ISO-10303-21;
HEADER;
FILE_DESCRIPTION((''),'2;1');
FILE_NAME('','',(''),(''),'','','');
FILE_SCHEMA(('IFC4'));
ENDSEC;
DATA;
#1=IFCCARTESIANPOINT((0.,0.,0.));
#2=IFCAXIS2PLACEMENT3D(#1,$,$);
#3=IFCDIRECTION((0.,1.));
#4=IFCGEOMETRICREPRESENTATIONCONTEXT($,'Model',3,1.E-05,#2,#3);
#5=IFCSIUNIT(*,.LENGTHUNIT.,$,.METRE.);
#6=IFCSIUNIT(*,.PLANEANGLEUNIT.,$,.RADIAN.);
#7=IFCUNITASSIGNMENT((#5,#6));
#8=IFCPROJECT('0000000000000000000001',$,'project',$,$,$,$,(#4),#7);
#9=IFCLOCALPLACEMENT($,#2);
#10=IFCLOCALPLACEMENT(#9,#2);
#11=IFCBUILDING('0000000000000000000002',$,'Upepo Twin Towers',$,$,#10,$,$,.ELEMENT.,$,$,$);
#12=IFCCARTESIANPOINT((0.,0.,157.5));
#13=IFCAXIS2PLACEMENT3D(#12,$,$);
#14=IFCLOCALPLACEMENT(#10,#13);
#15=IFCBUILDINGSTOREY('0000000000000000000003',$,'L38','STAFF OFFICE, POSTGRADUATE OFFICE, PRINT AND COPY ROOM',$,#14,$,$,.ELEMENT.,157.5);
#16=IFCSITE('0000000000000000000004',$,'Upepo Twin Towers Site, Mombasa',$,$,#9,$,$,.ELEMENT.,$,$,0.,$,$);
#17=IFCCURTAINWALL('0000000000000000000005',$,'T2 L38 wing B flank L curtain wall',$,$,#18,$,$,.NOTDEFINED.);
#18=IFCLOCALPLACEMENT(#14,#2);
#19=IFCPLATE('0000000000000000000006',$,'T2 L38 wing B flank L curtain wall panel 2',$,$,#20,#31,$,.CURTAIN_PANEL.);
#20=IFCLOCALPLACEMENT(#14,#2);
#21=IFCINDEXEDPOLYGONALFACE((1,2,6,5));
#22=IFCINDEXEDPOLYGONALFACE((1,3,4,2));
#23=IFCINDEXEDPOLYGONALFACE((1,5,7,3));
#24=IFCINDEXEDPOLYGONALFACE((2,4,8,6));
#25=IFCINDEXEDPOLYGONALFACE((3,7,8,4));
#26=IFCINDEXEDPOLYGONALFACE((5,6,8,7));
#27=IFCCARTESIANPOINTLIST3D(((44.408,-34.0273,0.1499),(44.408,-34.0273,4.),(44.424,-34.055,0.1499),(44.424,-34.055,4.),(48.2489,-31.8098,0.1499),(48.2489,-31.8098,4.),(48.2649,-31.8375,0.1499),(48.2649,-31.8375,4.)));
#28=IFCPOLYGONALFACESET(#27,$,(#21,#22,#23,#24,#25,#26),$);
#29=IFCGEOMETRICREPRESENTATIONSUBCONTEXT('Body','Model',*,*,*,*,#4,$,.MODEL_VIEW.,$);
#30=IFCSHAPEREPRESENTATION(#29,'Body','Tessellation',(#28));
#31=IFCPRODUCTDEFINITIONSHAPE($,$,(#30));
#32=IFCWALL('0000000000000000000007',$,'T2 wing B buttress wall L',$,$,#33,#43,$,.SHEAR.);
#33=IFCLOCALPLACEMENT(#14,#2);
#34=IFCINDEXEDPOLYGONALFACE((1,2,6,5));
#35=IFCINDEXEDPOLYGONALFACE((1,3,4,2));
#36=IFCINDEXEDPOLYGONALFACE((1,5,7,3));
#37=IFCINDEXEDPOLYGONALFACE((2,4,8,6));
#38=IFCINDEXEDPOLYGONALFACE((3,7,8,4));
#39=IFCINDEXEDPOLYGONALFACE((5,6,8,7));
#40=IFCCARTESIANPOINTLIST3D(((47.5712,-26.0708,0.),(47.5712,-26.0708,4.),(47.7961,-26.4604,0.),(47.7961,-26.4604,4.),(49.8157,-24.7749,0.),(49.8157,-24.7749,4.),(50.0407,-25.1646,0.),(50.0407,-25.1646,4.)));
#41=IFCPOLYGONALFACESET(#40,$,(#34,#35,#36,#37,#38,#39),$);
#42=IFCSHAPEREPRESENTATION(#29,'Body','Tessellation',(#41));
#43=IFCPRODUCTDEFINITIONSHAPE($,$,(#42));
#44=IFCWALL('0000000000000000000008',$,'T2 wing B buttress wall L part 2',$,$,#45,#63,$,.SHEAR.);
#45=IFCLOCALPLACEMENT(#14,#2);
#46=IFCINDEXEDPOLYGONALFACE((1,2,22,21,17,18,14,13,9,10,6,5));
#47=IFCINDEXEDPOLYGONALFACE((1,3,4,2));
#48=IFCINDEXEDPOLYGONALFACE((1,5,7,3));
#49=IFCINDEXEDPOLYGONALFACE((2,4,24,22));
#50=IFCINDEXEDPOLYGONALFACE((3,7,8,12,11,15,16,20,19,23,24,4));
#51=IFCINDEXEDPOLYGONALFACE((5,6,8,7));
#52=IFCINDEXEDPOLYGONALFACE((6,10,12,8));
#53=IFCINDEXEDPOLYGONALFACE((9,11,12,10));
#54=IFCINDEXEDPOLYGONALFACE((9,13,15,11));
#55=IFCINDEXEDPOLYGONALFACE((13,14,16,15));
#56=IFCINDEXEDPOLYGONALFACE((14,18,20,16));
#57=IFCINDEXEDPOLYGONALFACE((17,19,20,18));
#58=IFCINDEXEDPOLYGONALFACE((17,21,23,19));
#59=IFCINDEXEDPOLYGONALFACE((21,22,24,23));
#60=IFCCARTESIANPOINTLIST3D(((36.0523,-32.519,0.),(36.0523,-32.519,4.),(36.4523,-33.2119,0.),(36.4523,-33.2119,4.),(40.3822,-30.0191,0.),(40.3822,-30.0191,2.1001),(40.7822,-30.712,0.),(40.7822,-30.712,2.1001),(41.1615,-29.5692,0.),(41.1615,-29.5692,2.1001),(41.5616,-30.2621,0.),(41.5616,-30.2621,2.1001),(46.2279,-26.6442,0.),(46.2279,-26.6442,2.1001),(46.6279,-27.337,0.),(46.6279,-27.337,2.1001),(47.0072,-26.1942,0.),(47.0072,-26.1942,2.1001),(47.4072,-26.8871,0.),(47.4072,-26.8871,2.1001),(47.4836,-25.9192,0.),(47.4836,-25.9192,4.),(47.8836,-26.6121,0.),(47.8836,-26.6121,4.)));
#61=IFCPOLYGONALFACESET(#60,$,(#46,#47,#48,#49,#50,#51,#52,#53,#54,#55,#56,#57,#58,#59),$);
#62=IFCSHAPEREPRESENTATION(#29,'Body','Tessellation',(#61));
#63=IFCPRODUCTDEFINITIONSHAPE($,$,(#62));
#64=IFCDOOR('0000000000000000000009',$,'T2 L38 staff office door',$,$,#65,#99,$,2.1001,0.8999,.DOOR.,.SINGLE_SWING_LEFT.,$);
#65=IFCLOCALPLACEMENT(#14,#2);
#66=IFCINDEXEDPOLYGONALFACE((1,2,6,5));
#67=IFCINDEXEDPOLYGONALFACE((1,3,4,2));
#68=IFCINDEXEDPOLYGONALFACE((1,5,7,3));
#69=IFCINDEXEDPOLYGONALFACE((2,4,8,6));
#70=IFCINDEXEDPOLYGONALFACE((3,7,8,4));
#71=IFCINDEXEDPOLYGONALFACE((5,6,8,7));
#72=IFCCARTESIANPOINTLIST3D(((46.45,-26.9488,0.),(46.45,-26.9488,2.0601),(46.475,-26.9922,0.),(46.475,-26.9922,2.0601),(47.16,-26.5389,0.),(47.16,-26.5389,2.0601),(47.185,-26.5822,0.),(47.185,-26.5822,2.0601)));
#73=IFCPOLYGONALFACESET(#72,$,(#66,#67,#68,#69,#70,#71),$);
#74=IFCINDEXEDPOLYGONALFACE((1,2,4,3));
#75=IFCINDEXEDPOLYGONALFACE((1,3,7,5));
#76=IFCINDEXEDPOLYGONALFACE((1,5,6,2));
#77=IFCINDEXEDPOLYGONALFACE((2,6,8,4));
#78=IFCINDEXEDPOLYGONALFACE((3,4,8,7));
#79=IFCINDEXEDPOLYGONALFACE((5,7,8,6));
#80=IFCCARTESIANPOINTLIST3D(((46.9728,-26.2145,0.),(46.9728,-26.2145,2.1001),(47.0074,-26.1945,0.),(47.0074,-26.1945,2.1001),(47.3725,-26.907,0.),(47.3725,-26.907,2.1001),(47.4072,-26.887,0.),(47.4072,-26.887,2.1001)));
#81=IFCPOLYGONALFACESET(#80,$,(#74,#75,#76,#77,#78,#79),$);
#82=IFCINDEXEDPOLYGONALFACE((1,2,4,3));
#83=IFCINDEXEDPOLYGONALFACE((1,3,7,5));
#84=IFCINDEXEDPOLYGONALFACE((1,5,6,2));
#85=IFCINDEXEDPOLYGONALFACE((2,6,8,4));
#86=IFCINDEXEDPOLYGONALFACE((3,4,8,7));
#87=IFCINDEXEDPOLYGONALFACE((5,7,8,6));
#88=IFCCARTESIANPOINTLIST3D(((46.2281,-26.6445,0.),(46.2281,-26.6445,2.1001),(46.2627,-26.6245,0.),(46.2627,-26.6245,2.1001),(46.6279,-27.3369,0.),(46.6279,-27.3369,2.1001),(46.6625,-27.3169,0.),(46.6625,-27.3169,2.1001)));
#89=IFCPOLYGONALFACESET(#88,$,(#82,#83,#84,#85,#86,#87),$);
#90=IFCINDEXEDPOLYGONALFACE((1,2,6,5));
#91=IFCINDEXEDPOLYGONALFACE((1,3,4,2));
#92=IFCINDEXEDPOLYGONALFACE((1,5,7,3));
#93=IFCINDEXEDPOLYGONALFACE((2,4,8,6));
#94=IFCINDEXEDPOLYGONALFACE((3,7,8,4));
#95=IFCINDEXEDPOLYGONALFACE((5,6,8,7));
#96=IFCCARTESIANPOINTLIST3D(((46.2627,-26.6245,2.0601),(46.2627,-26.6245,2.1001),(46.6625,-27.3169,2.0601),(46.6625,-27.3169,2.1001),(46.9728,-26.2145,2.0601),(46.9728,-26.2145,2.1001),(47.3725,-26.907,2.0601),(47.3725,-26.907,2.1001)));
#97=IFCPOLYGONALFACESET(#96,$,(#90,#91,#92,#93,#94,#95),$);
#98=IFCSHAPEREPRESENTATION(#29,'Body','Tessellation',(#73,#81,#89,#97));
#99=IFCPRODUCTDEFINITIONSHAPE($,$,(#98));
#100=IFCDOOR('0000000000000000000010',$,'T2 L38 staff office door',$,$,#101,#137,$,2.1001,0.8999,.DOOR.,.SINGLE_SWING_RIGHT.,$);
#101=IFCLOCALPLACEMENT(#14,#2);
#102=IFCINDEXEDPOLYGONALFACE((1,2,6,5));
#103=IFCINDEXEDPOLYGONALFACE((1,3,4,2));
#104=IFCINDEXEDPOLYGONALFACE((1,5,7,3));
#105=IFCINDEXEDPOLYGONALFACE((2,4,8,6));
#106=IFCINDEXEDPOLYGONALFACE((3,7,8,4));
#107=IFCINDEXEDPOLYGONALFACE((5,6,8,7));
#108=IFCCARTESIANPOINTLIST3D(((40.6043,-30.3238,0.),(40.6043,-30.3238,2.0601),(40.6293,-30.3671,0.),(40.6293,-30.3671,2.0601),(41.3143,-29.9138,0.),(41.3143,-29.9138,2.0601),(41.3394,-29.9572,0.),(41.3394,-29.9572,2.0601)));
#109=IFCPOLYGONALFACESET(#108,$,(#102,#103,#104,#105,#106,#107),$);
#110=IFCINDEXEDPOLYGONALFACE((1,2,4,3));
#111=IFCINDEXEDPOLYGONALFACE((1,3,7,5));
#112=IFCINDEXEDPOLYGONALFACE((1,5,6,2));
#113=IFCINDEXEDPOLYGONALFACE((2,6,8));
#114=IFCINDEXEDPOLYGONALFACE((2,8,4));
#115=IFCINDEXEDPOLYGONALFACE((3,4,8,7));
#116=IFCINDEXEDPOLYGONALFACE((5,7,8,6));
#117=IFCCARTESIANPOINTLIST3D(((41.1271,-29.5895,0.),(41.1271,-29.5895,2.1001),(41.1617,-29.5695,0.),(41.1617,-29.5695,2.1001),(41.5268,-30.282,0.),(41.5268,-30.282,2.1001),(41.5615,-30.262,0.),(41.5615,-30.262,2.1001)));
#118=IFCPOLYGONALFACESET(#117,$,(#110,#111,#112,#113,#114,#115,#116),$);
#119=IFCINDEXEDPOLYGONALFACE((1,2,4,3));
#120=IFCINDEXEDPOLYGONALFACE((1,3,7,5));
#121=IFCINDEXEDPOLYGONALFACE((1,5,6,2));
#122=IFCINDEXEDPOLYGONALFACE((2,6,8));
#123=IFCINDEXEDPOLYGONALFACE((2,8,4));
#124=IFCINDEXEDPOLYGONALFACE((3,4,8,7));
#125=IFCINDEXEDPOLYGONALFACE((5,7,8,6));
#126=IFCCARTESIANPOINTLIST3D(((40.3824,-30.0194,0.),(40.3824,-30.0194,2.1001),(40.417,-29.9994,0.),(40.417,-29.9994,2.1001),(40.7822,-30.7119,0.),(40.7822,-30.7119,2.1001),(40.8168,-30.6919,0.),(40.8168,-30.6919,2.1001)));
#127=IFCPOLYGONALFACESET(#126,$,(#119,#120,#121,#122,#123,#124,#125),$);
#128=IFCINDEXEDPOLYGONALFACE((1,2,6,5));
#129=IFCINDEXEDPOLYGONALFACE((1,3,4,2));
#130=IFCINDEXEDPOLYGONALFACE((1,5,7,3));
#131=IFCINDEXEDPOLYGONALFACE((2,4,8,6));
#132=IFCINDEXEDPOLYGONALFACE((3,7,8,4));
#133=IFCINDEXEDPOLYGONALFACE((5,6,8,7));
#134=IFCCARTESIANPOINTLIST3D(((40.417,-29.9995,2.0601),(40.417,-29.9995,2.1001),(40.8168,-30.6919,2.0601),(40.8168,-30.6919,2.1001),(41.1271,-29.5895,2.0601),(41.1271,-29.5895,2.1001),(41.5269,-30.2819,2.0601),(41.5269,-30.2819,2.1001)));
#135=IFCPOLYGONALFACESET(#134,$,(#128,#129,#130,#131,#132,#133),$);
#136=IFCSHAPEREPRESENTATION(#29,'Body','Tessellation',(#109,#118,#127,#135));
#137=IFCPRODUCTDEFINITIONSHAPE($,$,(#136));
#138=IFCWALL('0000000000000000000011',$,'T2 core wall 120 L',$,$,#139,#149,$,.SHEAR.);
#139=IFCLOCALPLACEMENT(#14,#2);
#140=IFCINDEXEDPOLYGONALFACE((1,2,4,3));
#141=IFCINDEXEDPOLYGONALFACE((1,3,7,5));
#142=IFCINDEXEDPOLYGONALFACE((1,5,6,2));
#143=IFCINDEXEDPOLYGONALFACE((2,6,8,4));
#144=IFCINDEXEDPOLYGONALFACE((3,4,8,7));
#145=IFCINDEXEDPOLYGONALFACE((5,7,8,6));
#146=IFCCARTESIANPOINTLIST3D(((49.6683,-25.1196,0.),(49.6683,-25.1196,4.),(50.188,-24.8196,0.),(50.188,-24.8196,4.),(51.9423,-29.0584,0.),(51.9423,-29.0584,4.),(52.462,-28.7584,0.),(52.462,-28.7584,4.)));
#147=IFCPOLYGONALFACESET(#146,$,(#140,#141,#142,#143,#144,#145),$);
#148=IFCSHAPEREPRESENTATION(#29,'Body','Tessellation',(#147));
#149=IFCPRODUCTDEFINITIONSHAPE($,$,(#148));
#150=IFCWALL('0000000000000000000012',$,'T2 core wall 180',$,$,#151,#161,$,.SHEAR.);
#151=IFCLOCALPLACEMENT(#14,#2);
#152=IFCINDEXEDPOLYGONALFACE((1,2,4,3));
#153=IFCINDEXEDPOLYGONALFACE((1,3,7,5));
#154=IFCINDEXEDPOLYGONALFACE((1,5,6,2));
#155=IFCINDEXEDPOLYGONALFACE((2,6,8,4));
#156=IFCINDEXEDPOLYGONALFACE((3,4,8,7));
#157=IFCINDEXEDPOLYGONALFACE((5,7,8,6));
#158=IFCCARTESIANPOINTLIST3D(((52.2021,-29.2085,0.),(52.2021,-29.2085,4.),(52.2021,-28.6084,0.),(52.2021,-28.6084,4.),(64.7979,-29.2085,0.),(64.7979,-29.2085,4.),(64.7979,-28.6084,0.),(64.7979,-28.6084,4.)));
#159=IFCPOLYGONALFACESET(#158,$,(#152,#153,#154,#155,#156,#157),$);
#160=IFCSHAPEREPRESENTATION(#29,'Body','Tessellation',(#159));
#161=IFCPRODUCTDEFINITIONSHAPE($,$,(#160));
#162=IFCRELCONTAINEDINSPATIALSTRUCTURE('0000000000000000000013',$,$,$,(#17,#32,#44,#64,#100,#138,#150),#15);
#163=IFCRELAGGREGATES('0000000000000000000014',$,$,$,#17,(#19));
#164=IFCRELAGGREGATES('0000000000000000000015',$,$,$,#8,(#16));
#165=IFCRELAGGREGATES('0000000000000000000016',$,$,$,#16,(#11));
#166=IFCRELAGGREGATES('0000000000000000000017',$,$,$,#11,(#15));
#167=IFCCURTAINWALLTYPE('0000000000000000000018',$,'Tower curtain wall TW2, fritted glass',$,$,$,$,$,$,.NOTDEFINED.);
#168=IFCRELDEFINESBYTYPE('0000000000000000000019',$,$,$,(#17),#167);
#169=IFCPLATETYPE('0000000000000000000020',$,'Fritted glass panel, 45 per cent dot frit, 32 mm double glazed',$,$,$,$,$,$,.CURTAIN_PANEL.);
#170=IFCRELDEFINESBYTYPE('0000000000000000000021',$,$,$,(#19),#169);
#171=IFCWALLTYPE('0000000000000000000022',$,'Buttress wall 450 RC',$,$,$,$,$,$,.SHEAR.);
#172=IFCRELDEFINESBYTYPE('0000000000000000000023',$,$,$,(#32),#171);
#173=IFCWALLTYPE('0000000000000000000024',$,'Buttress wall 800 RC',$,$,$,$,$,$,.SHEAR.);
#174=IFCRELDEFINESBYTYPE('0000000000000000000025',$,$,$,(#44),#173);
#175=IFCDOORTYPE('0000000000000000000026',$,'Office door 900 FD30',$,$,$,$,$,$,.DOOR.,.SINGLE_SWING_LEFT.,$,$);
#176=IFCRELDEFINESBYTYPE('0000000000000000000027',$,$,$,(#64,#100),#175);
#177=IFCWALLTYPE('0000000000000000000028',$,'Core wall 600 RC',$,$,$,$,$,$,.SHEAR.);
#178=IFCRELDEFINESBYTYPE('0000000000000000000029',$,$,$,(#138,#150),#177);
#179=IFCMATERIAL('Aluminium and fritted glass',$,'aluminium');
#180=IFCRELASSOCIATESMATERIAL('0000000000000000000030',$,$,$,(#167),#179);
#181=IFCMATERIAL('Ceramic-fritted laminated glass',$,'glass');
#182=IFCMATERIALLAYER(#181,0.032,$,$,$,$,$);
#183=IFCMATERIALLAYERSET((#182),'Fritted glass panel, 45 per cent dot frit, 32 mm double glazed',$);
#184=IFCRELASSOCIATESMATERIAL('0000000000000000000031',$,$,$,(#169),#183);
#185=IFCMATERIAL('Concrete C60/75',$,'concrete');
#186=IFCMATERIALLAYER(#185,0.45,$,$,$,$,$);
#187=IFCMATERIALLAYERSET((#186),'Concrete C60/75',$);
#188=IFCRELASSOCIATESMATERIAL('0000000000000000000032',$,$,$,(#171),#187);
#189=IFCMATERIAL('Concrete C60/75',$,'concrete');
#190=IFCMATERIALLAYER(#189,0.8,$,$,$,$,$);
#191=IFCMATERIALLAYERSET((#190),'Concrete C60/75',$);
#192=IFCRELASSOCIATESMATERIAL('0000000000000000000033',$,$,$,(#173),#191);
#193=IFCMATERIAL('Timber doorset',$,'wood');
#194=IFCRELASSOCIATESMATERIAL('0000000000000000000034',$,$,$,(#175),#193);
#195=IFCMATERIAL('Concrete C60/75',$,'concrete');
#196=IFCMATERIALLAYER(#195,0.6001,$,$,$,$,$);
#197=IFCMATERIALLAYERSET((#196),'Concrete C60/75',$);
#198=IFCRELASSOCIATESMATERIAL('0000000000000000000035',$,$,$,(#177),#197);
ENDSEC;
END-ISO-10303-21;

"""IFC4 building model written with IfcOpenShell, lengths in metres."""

from ifc_helpers import new_model, si_unit, direction, frame, frame_2d, origin, origin_2d, place, context, subcontext, project, spatial, rectangle, extrude, material, layer, layer_set, type_object, element, fill, aggregate, save


model = new_model("IFC4")

# Units and contexts
model_context = context("Model", 3, precision=1e-05, world=origin(), true_north=direction((0.0, 1.0)))
body_context = subcontext(model_context, "Body", "Model", "MODEL_VIEW")
ifc_project = project(units=[si_unit("LENGTHUNIT", "METRE"), si_unit("PLANEANGLEUNIT", "RADIAN")], contexts=[model_context])

# Site, building, storey
site_placement = place(None, origin())
site = spatial("IfcSite", under=ifc_project, at=site_placement, Name="Upepo Twin Towers Site, Mombasa", CompositionType="ELEMENT", RefElevation=0.0)
building_placement = place(site_placement, origin())
building = spatial("IfcBuilding", under=site, at=building_placement, Name="Upepo Twin Towers", CompositionType="ELEMENT")
storey_placement = place(building_placement, frame((0.0, 0.0, 157.5)))
storey = spatial("IfcBuildingStorey", under=building, at=storey_placement, Name="L38", Description="STAFF OFFICE, POSTGRADUATE OFFICE, PRINT AND COPY ROOM", CompositionType="ELEMENT", Elevation=157.5)

# Curtain wall, plate
ifc_material_1 = material(Name="Aluminium and fritted glass", Category="aluminium")
curtain_wall_type = type_object("IfcCurtainWallType", Name="Tower curtain wall TW2, fritted glass", PredefinedType="NOTDEFINED", material=ifc_material_1)
curtain_wall_placement = place(storey_placement, origin())
curtain_wall = element("IfcCurtainWall", 1, at=curtain_wall_placement, inside=storey, type_object=curtain_wall_type, Name="T2 L38 wing B flank L curtain wall", PredefinedType="NOTDEFINED")
ifc_material_2 = material(Name="Ceramic-fritted laminated glass", Category="glass")
ifc_layer_1 = layer(ifc_material_2, 0.032)
ifc_layer_set_1 = layer_set([ifc_layer_1], Name="Fritted glass panel, 45 per cent dot frit, 32 mm double glazed")
plate_type = type_object("IfcPlateType", Name="Fritted glass panel, 45 per cent dot frit, 32 mm double glazed", PredefinedType="CURTAIN_PANEL", material=ifc_layer_set_1)
plate_1_placement = place(storey_placement, frame((46.3364, -32.9324, 0.1499), z_axis=(0.0, 0.0, 1.0), x_axis=(-0.866025, -0.5, 0.0)))
plate_1 = element("IfcPlate", 2, at=plate_1_placement, type_object=plate_type, Name="T2 L38 wing B flank L curtain wall panel 2", PredefinedType="CURTAIN_PANEL", context=body_context, shape_type="SweptSolid", body=[
    extrude(rectangle(XDim=4.4351, YDim=0.032, at=origin_2d()), origin(), (0.0, 0.0, 1.0), 3.8501),
])
aggregate(curtain_wall, [plate_1])

# Wall
ifc_material_3 = material(Name="Concrete C60/75", Category="concrete")
ifc_layer_2 = layer(ifc_material_3, 0.45)
ifc_layer_set_2 = layer_set([ifc_layer_2], Name="Concrete C60/75")
wall_type_1 = type_object("IfcWallType", Name="Buttress wall 450 RC", PredefinedType="SHEAR", material=ifc_layer_set_2)
wall_1_placement = place(storey_placement, frame((49.9282, -24.9697, 0.0), z_axis=(0.0, 0.0, 1.0), x_axis=(-0.866032, -0.499989, 0.0)))
element("IfcWall", 3, at=wall_1_placement, inside=storey, type_object=wall_type_1, Name="T2 wing B buttress wall L", PredefinedType="SHEAR", context=body_context, shape_type="SweptSolid", body=[
    extrude(rectangle(XDim=2.5918, YDim=0.45, at=frame_2d((1.2959, 0.0))), origin(), (0.0, 0.0, 1.0), 4.0),
])

# Wall, openings, doors
ifc_material_4 = material(Name="Concrete C60/75", Category="concrete")
ifc_layer_3 = layer(ifc_material_4, 0.8)
ifc_layer_set_3 = layer_set([ifc_layer_3], Name="Concrete C60/75")
wall_type_2 = type_object("IfcWallType", Name="Buttress wall 800 RC", PredefinedType="SHEAR", material=ifc_layer_set_3)
wall_2_placement = place(storey_placement, frame((47.6836, -26.2656, 0.0), z_axis=(0.0, 0.0, 1.0), x_axis=(-0.866028, -0.499996, 0.0)))
wall_2 = element("IfcWall", 4, at=wall_2_placement, inside=storey, type_object=wall_type_2, Name="T2 wing B buttress wall L part 2", PredefinedType="SHEAR", context=body_context, shape_type="SweptSolid", body=[
    extrude(rectangle(XDim=13.1997, YDim=0.8, at=frame_2d((6.5999, 0.0))), origin(), (0.0, 0.0, 1.0), 4.0),
])
opening_1_placement = place(wall_2_placement, frame((0.55, 0.0, 0.0)))
opening_1 = element("IfcOpeningElement", 5, at=opening_1_placement, cuts=wall_2, PredefinedType="OPENING", context=body_context, shape_type="SweptSolid", body=[
    extrude(rectangle(XDim=0.8999, YDim=2.1001, at=frame_2d((0.45, 1.05))), frame((0.0, 0.4099, 0.0), z_axis=(0.0, -1.0, 0.0), x_axis=(1.0, 0.0, 0.0)), (0.0, 0.0, 1.0), 0.8201),
])
opening_2_placement = place(wall_2_placement, frame((7.3, 0.0, 0.0)))
opening_2 = element("IfcOpeningElement", 6, at=opening_2_placement, cuts=wall_2, PredefinedType="OPENING", context=body_context, shape_type="SweptSolid", body=[
    extrude(rectangle(XDim=0.8999, YDim=2.1001, at=frame_2d((0.45, 1.05))), frame((0.0, 0.4099, 0.0), z_axis=(0.0, -1.0, 0.0), x_axis=(1.0, 0.0, 0.0)), (0.0, 0.0, 1.0), 0.8201),
])
ifc_material_5 = material(Name="Timber doorset", Category="wood")
door_type_1 = type_object("IfcDoorType", Name="Office door 900 FD30", OperationType="SINGLE_SWING_LEFT", PredefinedType="DOOR", material=ifc_material_5)
door_1_placement = place(opening_1_placement, origin())
door_1 = element("IfcDoor", 7, at=door_1_placement, inside=storey, type_object=door_type_1, Name="T2 L38 staff office door", OperationType="SINGLE_SWING_LEFT", OverallHeight=2.1001, OverallWidth=0.8999, PredefinedType="DOOR", context=body_context, shape_type="SweptSolid", body=[
    extrude(rectangle(XDim=0.8199, YDim=2.0601, at=frame_2d((0.45, 1.03))), frame((0.0, 0.0249, 0.0), z_axis=(0.0, -1.0, 0.0), x_axis=(1.0, 0.0, 0.0)), (0.0, 0.0, 1.0), 0.05),
    extrude(rectangle(XDim=0.04, YDim=2.1001, at=frame_2d((0.02, 1.05))), frame((0.0, 0.3999, 0.0), z_axis=(0.0, -1.0, 0.0), x_axis=(1.0, 0.0, 0.0)), (0.0, 0.0, 1.0), 0.7996),
    extrude(rectangle(XDim=0.04, YDim=2.1001, at=frame_2d((0.8799, 1.05))), frame((0.0, 0.3999, 0.0), z_axis=(0.0, -1.0, 0.0), x_axis=(1.0, 0.0, 0.0)), (0.0, 0.0, 1.0), 0.7996),
    extrude(rectangle(XDim=0.8199, YDim=0.04, at=frame_2d((0.45, 2.0801))), frame((0.0, 0.3999, 0.0), z_axis=(0.0, -1.0, 0.0), x_axis=(1.0, 0.0, 0.0)), (0.0, 0.0, 1.0), 0.7996),
])
fill(opening_1, door_1)
door_2_placement = place(opening_2_placement, origin())
door_2 = element("IfcDoor", 8, at=door_2_placement, inside=storey, type_object=door_type_1, Name="T2 L38 staff office door", OperationType="SINGLE_SWING_RIGHT", OverallHeight=2.1001, OverallWidth=0.8999, PredefinedType="DOOR", context=body_context, shape_type="SweptSolid", body=[
    extrude(rectangle(XDim=0.8199, YDim=2.0601, at=frame_2d((0.45, 1.03))), frame((0.0, 0.0249, 0.0), z_axis=(0.0, -1.0, 0.0), x_axis=(1.0, 0.0, 0.0)), (0.0, 0.0, 1.0), 0.05),
    extrude(rectangle(XDim=0.04, YDim=2.1001, at=frame_2d((0.02, 1.05))), frame((0.0, 0.3999, 0.0), z_axis=(0.0, -1.0, 0.0), x_axis=(1.0, 0.0, 0.0)), (0.0, 0.0, 1.0), 0.7996),
    extrude(rectangle(XDim=0.04, YDim=2.1001, at=frame_2d((0.8799, 1.05))), frame((0.0, 0.3999, 0.0), z_axis=(0.0, -1.0, 0.0), x_axis=(1.0, 0.0, 0.0)), (0.0, 0.0, 1.0), 0.7996),
    extrude(rectangle(XDim=0.8199, YDim=0.04, at=frame_2d((0.45, 2.0801))), frame((0.0, 0.3999, 0.0), z_axis=(0.0, -1.0, 0.0), x_axis=(1.0, 0.0, 0.0)), (0.0, 0.0, 1.0), 0.7996),
])
fill(opening_2, door_2)

# Walls
ifc_material_6 = material(Name="Concrete C60/75", Category="concrete")
ifc_layer_4 = layer(ifc_material_6, 0.6001)
ifc_layer_set_4 = layer_set([ifc_layer_4], Name="Concrete C60/75")
wall_type_3 = type_object("IfcWallType", Name="Core wall 600 RC", PredefinedType="SHEAR", material=ifc_layer_set_4)
wall_3_placement = place(storey_placement, frame((49.9282, -24.9697, 0.0), z_axis=(0.0, 0.0, 1.0), x_axis=(0.499984, -0.866035, 0.0)))
element("IfcWall", 9, at=wall_3_placement, inside=storey, type_object=wall_type_3, Name="T2 core wall 120 L", PredefinedType="SHEAR", context=body_context, shape_type="SweptSolid", body=[
    extrude(rectangle(XDim=4.5481, YDim=0.6001, at=frame_2d((2.2739, 0.0))), origin(), (0.0, 0.0, 1.0), 4.0),
])
wall_4_placement = place(storey_placement, frame((52.2021, -28.9084, 0.0), z_axis=(0.0, 0.0, 1.0), x_axis=(1.0, 0.0, 0.0)))
element("IfcWall", 10, at=wall_4_placement, inside=storey, type_object=wall_type_3, Name="T2 core wall 180", PredefinedType="SHEAR", context=body_context, shape_type="SweptSolid", body=[
    extrude(rectangle(XDim=12.5957, YDim=0.6001, at=frame_2d((6.2979, 0.0))), origin(), (0.0, 0.0, 1.0), 4.0),
])

save(model, "model.ifc")
